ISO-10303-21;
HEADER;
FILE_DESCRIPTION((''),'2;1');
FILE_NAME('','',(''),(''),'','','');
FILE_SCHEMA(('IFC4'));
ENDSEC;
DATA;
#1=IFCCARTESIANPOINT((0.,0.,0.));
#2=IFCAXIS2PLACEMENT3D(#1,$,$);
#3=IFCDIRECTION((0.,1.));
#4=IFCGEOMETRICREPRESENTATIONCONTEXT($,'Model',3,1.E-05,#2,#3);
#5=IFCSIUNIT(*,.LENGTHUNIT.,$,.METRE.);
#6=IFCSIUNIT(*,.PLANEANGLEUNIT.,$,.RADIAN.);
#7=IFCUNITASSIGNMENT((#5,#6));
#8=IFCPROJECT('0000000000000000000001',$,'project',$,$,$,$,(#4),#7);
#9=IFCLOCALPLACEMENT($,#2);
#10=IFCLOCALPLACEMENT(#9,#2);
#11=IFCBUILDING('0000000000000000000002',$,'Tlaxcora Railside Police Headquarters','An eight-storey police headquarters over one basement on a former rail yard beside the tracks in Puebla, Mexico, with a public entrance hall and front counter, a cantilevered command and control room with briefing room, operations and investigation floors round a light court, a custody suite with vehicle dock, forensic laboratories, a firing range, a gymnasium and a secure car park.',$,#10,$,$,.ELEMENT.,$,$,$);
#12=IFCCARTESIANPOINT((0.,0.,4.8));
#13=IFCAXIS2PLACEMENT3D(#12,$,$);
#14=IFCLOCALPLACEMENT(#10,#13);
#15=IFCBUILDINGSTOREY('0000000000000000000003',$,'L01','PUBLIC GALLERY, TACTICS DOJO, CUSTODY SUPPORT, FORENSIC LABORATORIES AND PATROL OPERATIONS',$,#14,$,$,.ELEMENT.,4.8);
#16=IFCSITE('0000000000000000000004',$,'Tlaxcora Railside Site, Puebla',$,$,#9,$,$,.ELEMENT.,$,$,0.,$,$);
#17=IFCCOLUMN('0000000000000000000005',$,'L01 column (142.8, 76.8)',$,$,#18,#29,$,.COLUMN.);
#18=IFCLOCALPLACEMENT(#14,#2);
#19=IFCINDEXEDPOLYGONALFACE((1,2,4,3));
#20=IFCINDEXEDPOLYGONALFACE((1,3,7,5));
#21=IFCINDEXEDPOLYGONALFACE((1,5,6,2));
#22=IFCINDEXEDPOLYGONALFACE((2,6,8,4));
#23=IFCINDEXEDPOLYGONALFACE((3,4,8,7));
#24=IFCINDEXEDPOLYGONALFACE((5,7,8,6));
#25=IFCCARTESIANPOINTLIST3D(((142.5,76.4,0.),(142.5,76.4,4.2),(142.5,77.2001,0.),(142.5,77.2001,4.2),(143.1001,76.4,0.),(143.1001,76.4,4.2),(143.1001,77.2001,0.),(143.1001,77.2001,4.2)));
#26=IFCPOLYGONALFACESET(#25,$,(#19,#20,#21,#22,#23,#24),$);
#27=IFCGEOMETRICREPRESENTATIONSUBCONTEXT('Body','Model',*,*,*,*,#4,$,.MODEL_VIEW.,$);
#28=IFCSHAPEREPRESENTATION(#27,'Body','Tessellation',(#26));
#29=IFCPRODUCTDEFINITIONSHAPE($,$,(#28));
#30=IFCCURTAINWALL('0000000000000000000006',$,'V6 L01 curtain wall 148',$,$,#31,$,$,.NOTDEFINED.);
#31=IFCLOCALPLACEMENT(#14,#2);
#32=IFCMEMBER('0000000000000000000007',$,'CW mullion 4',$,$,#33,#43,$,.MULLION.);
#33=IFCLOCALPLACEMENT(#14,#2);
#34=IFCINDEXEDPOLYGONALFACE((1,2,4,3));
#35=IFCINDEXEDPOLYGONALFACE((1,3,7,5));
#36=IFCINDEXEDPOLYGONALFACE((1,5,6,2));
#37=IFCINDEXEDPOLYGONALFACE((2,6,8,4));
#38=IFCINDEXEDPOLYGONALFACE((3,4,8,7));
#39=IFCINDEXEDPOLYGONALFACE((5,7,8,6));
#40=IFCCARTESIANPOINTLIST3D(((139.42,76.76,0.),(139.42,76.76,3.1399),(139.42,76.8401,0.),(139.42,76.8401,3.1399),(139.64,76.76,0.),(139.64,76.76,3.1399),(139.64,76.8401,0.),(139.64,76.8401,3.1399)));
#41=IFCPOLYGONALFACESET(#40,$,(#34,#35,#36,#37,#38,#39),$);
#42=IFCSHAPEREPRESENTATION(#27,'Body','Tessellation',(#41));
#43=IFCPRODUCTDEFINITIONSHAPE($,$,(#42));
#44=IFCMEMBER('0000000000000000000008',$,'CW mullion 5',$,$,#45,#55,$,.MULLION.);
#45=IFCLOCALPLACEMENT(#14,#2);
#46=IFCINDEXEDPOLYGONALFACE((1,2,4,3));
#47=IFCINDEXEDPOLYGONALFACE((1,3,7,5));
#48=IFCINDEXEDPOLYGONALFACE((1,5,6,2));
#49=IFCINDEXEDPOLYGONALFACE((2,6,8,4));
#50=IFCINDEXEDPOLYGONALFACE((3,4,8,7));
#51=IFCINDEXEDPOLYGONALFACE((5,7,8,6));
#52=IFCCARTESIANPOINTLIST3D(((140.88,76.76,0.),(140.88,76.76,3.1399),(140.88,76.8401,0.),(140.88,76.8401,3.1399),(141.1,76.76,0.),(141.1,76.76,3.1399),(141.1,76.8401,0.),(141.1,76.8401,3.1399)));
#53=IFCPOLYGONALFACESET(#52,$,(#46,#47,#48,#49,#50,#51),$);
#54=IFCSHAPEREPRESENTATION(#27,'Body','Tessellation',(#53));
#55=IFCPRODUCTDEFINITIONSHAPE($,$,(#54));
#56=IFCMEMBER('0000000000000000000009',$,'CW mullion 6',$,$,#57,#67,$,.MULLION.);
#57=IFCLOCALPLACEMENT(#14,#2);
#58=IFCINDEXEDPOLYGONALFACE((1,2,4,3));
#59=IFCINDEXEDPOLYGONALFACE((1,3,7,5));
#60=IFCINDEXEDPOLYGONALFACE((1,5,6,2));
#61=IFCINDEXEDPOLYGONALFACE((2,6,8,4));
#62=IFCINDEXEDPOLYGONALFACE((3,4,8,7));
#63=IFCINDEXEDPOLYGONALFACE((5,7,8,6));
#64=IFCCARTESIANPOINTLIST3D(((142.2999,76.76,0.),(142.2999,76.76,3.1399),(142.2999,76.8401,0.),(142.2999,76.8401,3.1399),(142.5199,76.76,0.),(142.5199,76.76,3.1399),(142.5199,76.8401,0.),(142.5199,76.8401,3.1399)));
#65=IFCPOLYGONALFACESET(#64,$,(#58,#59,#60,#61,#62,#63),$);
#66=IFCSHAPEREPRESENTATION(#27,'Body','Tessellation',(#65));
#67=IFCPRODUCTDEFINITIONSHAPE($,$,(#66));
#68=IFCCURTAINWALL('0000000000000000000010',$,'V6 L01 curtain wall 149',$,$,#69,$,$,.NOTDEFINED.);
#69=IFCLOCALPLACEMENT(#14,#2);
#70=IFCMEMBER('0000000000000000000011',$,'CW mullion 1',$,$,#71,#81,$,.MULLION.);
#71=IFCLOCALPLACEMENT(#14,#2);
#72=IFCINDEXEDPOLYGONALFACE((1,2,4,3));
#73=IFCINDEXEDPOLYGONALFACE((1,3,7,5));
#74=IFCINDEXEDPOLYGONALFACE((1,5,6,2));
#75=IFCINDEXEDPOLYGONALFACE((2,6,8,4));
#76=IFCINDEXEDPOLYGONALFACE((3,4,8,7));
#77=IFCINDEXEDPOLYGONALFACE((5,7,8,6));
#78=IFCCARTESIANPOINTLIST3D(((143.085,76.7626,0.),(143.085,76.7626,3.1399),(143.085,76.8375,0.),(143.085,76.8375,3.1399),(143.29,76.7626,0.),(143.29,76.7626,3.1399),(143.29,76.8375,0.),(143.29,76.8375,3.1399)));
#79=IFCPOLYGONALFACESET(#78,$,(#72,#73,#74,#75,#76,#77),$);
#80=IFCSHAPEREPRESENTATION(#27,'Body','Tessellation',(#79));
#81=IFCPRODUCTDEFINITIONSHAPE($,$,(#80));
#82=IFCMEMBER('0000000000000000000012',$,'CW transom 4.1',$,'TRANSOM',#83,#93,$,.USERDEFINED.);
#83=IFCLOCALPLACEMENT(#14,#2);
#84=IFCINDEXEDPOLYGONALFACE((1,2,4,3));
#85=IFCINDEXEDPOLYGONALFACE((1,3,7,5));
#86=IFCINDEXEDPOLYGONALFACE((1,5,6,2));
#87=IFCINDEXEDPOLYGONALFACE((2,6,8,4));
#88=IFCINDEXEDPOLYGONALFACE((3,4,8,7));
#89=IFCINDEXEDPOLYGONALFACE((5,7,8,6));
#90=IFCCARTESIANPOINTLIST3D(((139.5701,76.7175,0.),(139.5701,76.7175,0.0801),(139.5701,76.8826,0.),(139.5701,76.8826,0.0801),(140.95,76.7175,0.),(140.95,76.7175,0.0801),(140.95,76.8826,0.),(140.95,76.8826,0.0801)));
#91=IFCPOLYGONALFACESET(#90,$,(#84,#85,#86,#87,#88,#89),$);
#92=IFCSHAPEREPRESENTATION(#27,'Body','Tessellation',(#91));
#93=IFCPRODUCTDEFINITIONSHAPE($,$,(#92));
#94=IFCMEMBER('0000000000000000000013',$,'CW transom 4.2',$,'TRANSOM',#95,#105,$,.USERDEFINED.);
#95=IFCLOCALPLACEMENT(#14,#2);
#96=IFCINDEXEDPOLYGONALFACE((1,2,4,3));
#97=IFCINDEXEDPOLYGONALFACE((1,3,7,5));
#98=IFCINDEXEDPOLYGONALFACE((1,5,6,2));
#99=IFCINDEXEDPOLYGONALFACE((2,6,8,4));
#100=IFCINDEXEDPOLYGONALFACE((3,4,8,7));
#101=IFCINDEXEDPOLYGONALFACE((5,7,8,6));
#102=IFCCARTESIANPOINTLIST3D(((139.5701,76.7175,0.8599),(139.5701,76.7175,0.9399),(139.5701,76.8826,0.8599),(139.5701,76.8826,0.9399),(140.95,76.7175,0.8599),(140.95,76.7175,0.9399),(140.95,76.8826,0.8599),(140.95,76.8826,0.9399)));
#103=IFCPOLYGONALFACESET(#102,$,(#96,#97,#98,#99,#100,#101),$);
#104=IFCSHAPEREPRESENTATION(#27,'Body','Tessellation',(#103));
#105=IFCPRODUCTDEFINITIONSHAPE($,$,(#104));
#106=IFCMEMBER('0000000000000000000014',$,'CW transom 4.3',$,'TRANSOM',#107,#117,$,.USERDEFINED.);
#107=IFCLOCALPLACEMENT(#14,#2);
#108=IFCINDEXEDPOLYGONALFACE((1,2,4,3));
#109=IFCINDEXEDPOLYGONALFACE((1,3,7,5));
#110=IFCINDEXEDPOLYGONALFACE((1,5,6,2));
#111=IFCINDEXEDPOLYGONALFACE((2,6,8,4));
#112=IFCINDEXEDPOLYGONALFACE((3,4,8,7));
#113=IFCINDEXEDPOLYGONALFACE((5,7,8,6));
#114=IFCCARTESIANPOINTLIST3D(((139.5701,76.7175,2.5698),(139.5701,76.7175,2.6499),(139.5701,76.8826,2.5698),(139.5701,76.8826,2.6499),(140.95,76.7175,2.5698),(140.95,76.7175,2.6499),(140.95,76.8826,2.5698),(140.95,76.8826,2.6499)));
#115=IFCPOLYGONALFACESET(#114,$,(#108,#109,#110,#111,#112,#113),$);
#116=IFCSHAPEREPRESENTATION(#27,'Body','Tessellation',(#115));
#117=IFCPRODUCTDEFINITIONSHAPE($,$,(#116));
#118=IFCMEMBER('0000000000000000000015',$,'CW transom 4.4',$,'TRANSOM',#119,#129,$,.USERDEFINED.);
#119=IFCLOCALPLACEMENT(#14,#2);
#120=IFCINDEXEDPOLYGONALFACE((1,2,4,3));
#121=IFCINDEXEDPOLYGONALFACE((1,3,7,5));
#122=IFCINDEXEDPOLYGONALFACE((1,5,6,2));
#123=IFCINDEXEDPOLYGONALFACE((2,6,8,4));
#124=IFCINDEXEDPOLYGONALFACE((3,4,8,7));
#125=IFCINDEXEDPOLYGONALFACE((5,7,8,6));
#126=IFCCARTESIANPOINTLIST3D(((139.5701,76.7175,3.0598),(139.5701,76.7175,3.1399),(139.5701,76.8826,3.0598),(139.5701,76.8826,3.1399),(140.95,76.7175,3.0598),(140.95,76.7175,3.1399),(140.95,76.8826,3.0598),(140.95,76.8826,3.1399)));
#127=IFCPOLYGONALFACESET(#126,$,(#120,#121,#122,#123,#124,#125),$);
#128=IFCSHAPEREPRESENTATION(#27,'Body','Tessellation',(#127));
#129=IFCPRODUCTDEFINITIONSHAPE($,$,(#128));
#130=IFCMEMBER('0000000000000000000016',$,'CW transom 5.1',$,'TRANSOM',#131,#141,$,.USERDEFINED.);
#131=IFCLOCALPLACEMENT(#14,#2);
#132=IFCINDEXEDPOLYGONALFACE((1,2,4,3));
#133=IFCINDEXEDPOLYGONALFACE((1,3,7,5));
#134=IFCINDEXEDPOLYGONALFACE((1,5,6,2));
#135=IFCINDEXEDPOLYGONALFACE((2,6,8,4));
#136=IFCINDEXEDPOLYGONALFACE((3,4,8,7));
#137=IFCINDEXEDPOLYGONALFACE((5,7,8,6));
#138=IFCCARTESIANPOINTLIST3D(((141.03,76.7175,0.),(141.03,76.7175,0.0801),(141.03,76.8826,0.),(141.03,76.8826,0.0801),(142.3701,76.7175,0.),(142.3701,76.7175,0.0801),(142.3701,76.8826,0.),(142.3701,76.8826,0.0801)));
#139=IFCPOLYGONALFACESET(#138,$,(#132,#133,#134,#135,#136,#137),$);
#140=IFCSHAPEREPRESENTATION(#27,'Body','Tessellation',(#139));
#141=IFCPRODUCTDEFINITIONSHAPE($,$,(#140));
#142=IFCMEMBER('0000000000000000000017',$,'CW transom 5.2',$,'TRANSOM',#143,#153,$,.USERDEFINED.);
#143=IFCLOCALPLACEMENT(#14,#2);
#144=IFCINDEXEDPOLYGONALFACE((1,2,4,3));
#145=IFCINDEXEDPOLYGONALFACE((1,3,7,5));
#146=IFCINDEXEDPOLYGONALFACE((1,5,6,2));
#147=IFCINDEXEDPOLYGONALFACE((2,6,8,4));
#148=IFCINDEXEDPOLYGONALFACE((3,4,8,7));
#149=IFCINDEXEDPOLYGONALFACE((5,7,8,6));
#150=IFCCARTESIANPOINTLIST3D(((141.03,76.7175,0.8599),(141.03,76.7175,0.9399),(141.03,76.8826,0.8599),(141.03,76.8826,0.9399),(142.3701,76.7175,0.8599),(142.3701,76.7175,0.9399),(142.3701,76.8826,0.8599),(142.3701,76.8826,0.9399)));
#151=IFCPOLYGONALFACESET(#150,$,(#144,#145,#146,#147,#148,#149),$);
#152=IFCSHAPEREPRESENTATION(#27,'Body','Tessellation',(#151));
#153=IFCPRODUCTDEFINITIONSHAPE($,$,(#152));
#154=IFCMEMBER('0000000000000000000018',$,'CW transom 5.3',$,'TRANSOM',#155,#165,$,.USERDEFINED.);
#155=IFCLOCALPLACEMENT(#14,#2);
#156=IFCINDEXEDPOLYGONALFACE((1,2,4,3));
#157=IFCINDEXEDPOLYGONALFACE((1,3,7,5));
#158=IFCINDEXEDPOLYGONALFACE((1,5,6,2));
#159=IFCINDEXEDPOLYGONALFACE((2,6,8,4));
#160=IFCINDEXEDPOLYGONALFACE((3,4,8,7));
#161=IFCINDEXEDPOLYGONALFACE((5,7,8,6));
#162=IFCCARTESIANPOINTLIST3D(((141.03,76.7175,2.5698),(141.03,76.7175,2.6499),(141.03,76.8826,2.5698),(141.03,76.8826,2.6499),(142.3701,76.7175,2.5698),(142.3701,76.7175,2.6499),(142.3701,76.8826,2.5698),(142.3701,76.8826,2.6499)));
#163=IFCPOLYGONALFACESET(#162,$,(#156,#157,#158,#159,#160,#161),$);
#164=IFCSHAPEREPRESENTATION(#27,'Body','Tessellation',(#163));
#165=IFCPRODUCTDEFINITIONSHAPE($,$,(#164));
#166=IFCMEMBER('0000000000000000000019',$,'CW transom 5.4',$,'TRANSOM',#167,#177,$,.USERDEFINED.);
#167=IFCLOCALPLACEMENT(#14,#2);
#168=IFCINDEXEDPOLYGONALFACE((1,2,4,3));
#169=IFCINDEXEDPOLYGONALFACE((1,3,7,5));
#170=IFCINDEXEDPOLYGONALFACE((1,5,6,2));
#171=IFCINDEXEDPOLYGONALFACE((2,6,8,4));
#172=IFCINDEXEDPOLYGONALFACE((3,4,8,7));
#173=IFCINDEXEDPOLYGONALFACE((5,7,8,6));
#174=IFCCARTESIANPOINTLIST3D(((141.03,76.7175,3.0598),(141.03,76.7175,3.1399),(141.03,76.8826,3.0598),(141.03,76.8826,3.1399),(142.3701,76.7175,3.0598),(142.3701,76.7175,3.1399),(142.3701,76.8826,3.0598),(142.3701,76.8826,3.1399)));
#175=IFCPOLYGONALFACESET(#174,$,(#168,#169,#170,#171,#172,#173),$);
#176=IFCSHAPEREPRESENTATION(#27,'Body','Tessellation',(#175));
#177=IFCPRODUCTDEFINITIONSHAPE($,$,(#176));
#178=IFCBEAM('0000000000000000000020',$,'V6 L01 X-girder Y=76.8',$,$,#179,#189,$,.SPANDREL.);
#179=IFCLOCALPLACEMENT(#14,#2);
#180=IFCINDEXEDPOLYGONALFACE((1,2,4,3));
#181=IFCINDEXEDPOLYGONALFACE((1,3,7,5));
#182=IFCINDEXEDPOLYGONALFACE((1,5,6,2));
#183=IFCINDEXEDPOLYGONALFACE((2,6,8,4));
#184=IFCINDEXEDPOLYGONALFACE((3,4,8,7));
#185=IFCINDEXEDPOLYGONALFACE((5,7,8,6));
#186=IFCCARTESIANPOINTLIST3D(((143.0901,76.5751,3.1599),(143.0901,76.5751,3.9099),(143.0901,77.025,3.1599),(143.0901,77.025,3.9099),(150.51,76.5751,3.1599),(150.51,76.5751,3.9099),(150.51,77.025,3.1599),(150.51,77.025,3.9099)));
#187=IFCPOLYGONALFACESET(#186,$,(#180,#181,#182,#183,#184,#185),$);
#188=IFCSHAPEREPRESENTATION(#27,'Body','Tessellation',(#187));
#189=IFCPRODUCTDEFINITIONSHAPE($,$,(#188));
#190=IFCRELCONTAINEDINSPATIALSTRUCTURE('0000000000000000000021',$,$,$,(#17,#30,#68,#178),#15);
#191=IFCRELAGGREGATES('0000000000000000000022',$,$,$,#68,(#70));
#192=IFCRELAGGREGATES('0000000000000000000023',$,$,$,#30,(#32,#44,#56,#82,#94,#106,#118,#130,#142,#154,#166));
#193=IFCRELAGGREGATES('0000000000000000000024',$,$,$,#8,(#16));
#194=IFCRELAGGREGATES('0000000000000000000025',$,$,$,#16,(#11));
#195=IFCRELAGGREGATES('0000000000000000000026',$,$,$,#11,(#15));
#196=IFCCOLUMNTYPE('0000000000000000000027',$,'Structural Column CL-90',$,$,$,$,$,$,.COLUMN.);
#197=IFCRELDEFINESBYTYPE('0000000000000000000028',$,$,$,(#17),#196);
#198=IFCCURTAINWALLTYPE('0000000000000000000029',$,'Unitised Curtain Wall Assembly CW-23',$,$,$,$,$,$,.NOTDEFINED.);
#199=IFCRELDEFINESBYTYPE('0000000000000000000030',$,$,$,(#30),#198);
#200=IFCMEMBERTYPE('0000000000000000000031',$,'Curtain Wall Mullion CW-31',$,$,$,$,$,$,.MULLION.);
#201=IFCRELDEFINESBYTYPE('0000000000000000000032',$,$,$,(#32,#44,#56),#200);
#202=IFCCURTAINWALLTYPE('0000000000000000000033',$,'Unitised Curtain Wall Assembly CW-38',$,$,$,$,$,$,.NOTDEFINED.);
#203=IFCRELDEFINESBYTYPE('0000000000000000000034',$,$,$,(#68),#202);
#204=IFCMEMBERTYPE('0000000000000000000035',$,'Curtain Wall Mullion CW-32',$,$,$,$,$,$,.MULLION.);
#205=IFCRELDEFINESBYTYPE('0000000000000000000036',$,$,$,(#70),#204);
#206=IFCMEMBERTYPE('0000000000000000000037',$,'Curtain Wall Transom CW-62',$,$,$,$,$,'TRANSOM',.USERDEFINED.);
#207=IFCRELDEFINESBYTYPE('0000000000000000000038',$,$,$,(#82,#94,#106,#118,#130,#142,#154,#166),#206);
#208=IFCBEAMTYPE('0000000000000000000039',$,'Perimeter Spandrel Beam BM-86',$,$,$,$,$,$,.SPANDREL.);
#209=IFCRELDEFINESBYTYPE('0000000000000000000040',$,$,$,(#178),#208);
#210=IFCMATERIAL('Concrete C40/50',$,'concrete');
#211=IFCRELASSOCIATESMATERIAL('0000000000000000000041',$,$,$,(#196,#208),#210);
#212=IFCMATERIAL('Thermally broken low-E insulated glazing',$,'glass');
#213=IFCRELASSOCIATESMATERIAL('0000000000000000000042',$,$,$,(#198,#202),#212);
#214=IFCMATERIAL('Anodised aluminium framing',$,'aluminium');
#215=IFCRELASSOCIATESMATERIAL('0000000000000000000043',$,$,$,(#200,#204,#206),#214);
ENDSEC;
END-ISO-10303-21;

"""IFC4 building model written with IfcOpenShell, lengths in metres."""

from ifc_helpers import new_model, si_unit, direction, frame, origin, origin_2d, place, context, subcontext, project, spatial, rectangle, extrude, material, material_profile, profile_set, type_object, element, aggregate, save


model = new_model("IFC4")

# Units and contexts
model_context = context("Model", 3, precision=1e-05, world=origin(), true_north=direction((0.0, 1.0)))
body_context = subcontext(model_context, "Body", "Model", "MODEL_VIEW")
ifc_project = project(units=[si_unit("LENGTHUNIT", "METRE"), si_unit("PLANEANGLEUNIT", "RADIAN")], contexts=[model_context])

# Site, building, storey
site_placement = place(None, origin())
site = spatial("IfcSite", under=ifc_project, at=site_placement, Name="Tlaxcora Railside Site, Puebla", CompositionType="ELEMENT", RefElevation=0.0)
building_placement = place(site_placement, origin())
building = spatial("IfcBuilding", under=site, at=building_placement, Name="Tlaxcora Railside Police Headquarters", Description="An eight-storey police headquarters over one basement on a former rail yard beside the tracks in Puebla, Mexico, with a public entrance hall and front counter, a cantilevered command and control room with briefing room, operations and investigation floors round a light court, a custody suite with vehicle dock, forensic laboratories, a firing range, a gymnasium and a secure car park.", CompositionType="ELEMENT")
storey_placement = place(building_placement, frame((0.0, 0.0, 4.8)))
storey = spatial("IfcBuildingStorey", under=building, at=storey_placement, Name="L01", Description="PUBLIC GALLERY, TACTICS DOJO, CUSTODY SUPPORT, FORENSIC LABORATORIES AND PATROL OPERATIONS", CompositionType="ELEMENT", Elevation=4.8)

# Column
ifc_material_1 = material(Name="Concrete C40/50", Category="concrete")
ifc_material_profile_1 = material_profile(ifc_material_1, rectangle(XDim=0.6001, YDim=0.8, at=origin_2d()), Name="RC600X800")
ifc_profile_set_1 = profile_set([ifc_material_profile_1], Name="Concrete C40/50")
column_type = type_object("IfcColumnType", Name="Structural Column CL-90", PredefinedType="COLUMN", material=ifc_profile_set_1)
column_placement = place(storey_placement, frame((142.8, 76.8, 0.0), z_axis=(0.0, 0.0, 1.0), x_axis=(1.0, 0.0, 0.0)))
element("IfcColumn", 1, at=column_placement, inside=storey, type_object=column_type, Name="L01 column (142.8, 76.8)", PredefinedType="COLUMN", context=body_context, shape_type="SweptSolid", body=[
    extrude(rectangle(XDim=0.6001, YDim=0.8, at=origin_2d()), origin(), (0.0, 0.0, 1.0), 4.2),
])

# Curtain wall, members
ifc_material_2 = material(Name="Thermally broken low-E insulated glazing", Category="glass")
curtain_wall_type_1 = type_object("IfcCurtainWallType", Name="Unitised Curtain Wall Assembly CW-23", PredefinedType="NOTDEFINED", material=ifc_material_2)
curtain_wall_1_placement = place(storey_placement, origin())
curtain_wall_1 = element("IfcCurtainWall", 2, at=curtain_wall_1_placement, inside=storey, type_object=curtain_wall_type_1, Name="V6 L01 curtain wall 148", PredefinedType="NOTDEFINED")
ifc_material_3 = material(Name="Anodised aluminium framing", Category="aluminium")
ifc_material_profile_2 = material_profile(ifc_material_3, rectangle(XDim=0.0801, YDim=0.22, at=origin_2d()), Name="AL80X220")
ifc_profile_set_2 = profile_set([ifc_material_profile_2], Name="Anodised aluminium framing")
member_type_1 = type_object("IfcMemberType", Name="Curtain Wall Mullion CW-31", PredefinedType="MULLION", material=ifc_profile_set_2)
member_1_placement = place(storey_placement, frame((139.53, 76.8, 0.0), z_axis=(0.0, 0.0, 1.0), x_axis=(0.0, 1.0, 0.0)))
member_1 = element("IfcMember", 3, at=member_1_placement, type_object=member_type_1, Name="CW mullion 4", PredefinedType="MULLION", context=body_context, shape_type="SweptSolid", body=[
    extrude(rectangle(XDim=0.0801, YDim=0.22, at=origin_2d()), origin(), (0.0, 0.0, 1.0), 3.1399),
])
member_2_placement = place(storey_placement, frame((140.99, 76.8, 0.0), z_axis=(0.0, 0.0, 1.0), x_axis=(0.0, 1.0, 0.0)))
member_2 = element("IfcMember", 4, at=member_2_placement, type_object=member_type_1, Name="CW mullion 5", PredefinedType="MULLION", context=body_context, shape_type="SweptSolid", body=[
    extrude(rectangle(XDim=0.0801, YDim=0.22, at=origin_2d()), origin(), (0.0, 0.0, 1.0), 3.1399),
])
member_3_placement = place(storey_placement, frame((142.4099, 76.8, 0.0), z_axis=(0.0, 0.0, 1.0), x_axis=(0.0, 1.0, 0.0)))
member_3 = element("IfcMember", 5, at=member_3_placement, type_object=member_type_1, Name="CW mullion 6", PredefinedType="MULLION", context=body_context, shape_type="SweptSolid", body=[
    extrude(rectangle(XDim=0.0801, YDim=0.22, at=origin_2d()), origin(), (0.0, 0.0, 1.0), 3.1399),
])

# Curtain wall, member
curtain_wall_type_2 = type_object("IfcCurtainWallType", Name="Unitised Curtain Wall Assembly CW-38", PredefinedType="NOTDEFINED", material=ifc_material_2)
curtain_wall_2_placement = place(storey_placement, origin())
curtain_wall_2 = element("IfcCurtainWall", 6, at=curtain_wall_2_placement, inside=storey, type_object=curtain_wall_type_2, Name="V6 L01 curtain wall 149", PredefinedType="NOTDEFINED")
ifc_material_profile_3 = material_profile(ifc_material_3, rectangle(XDim=0.075, YDim=0.2051, at=origin_2d()), Name="AL75X205")
ifc_profile_set_3 = profile_set([ifc_material_profile_3], Name="Anodised aluminium framing")
member_type_2 = type_object("IfcMemberType", Name="Curtain Wall Mullion CW-32", PredefinedType="MULLION", material=ifc_profile_set_3)
member_4_placement = place(storey_placement, frame((143.1875, 76.8, 0.0), z_axis=(0.0, 0.0, 1.0), x_axis=(0.0, 1.0, 0.0)))
member_4 = element("IfcMember", 7, at=member_4_placement, type_object=member_type_2, Name="CW mullion 1", PredefinedType="MULLION", context=body_context, shape_type="SweptSolid", body=[
    extrude(rectangle(XDim=0.075, YDim=0.2051, at=origin_2d()), origin(), (0.0, 0.0, 1.0), 3.1399),
])
aggregate(curtain_wall_2, [member_4])

# Members
ifc_material_profile_4 = material_profile(ifc_material_3, rectangle(XDim=0.165, YDim=0.0801, at=origin_2d()), Name="AL80X165")
ifc_profile_set_4 = profile_set([ifc_material_profile_4], Name="Anodised aluminium framing")
member_type_3 = type_object("IfcMemberType", Name="Curtain Wall Transom CW-62", ElementType="TRANSOM", PredefinedType="USERDEFINED", material=ifc_profile_set_4)
member_5_placement = place(storey_placement, frame((139.5701, 76.8, 0.04), z_axis=(1.0, 0.0, 0.0), x_axis=(0.0, 1.0, 0.0)))
member_5 = element("IfcMember", 8, at=member_5_placement, type_object=member_type_3, Name="CW transom 4.1", ObjectType="TRANSOM", PredefinedType="USERDEFINED", context=body_context, shape_type="SweptSolid", body=[
    extrude(rectangle(XDim=0.165, YDim=0.0801, at=origin_2d()), origin(), (0.0, 0.0, 1.0), 1.3799),
])
member_6_placement = place(storey_placement, frame((139.5701, 76.8, 0.8999), z_axis=(1.0, 0.0, 0.0), x_axis=(0.0, 1.0, 0.0)))
member_6 = element("IfcMember", 9, at=member_6_placement, type_object=member_type_3, Name="CW transom 4.2", ObjectType="TRANSOM", PredefinedType="USERDEFINED", context=body_context, shape_type="SweptSolid", body=[
    extrude(rectangle(XDim=0.165, YDim=0.0801, at=origin_2d()), origin(), (0.0, 0.0, 1.0), 1.3799),
])
member_7_placement = place(storey_placement, frame((139.5701, 76.8, 2.6099), z_axis=(1.0, 0.0, 0.0), x_axis=(0.0, 1.0, 0.0)))
member_7 = element("IfcMember", 10, at=member_7_placement, type_object=member_type_3, Name="CW transom 4.3", ObjectType="TRANSOM", PredefinedType="USERDEFINED", context=body_context, shape_type="SweptSolid", body=[
    extrude(rectangle(XDim=0.165, YDim=0.0801, at=origin_2d()), origin(), (0.0, 0.0, 1.0), 1.3799),
])
member_8_placement = place(storey_placement, frame((139.5701, 76.8, 3.0999), z_axis=(1.0, 0.0, 0.0), x_axis=(0.0, 1.0, 0.0)))
member_8 = element("IfcMember", 11, at=member_8_placement, type_object=member_type_3, Name="CW transom 4.4", ObjectType="TRANSOM", PredefinedType="USERDEFINED", context=body_context, shape_type="SweptSolid", body=[
    extrude(rectangle(XDim=0.165, YDim=0.0801, at=origin_2d()), origin(), (0.0, 0.0, 1.0), 1.3799),
])
member_9_placement = place(storey_placement, frame((141.03, 76.8, 0.04), z_axis=(1.0, 0.0, 0.0), x_axis=(0.0, 1.0, 0.0)))
member_9 = element("IfcMember", 12, at=member_9_placement, type_object=member_type_3, Name="CW transom 5.1", ObjectType="TRANSOM", PredefinedType="USERDEFINED", context=body_context, shape_type="SweptSolid", body=[
    extrude(rectangle(XDim=0.165, YDim=0.0801, at=origin_2d()), origin(), (0.0, 0.0, 1.0), 1.3401),
])
member_10_placement = place(storey_placement, frame((141.03, 76.8, 0.8999), z_axis=(1.0, 0.0, 0.0), x_axis=(0.0, 1.0, 0.0)))
member_10 = element("IfcMember", 13, at=member_10_placement, type_object=member_type_3, Name="CW transom 5.2", ObjectType="TRANSOM", PredefinedType="USERDEFINED", context=body_context, shape_type="SweptSolid", body=[
    extrude(rectangle(XDim=0.165, YDim=0.0801, at=origin_2d()), origin(), (0.0, 0.0, 1.0), 1.3401),
])
member_11_placement = place(storey_placement, frame((141.03, 76.8, 2.6099), z_axis=(1.0, 0.0, 0.0), x_axis=(0.0, 1.0, 0.0)))
member_11 = element("IfcMember", 14, at=member_11_placement, type_object=member_type_3, Name="CW transom 5.3", ObjectType="TRANSOM", PredefinedType="USERDEFINED", context=body_context, shape_type="SweptSolid", body=[
    extrude(rectangle(XDim=0.165, YDim=0.0801, at=origin_2d()), origin(), (0.0, 0.0, 1.0), 1.3401),
])
member_12_placement = place(storey_placement, frame((141.03, 76.8, 3.0999), z_axis=(1.0, 0.0, 0.0), x_axis=(0.0, 1.0, 0.0)))
member_12 = element("IfcMember", 15, at=member_12_placement, type_object=member_type_3, Name="CW transom 5.4", ObjectType="TRANSOM", PredefinedType="USERDEFINED", context=body_context, shape_type="SweptSolid", body=[
    extrude(rectangle(XDim=0.165, YDim=0.0801, at=origin_2d()), origin(), (0.0, 0.0, 1.0), 1.3401),
])

# Beam
ifc_material_profile_5 = material_profile(ifc_material_1, rectangle(XDim=0.45, YDim=0.75, at=origin_2d()), Name="RC450X750")
ifc_profile_set_5 = profile_set([ifc_material_profile_5], Name="Concrete C40/50")
beam_type = type_object("IfcBeamType", Name="Perimeter Spandrel Beam BM-86", PredefinedType="SPANDREL", material=ifc_profile_set_5)
beam_placement = place(storey_placement, frame((143.0901, 76.8, 3.5349), z_axis=(1.0, 0.0, 0.0), x_axis=(0.0, 1.0, 0.0)))
element("IfcBeam", 16, at=beam_placement, inside=storey, type_object=beam_type, Name="V6 L01 X-girder Y=76.8", PredefinedType="SPANDREL", context=body_context, shape_type="SweptSolid", body=[
    extrude(rectangle(XDim=0.45, YDim=0.75, at=origin_2d()), origin(), (0.0, 0.0, 1.0), 7.4199),
])

aggregate(curtain_wall_1, [member_1, member_2, member_3, member_5, member_6, member_7, member_8, member_9, member_10, member_11, member_12])

save(model, "model.ifc")
